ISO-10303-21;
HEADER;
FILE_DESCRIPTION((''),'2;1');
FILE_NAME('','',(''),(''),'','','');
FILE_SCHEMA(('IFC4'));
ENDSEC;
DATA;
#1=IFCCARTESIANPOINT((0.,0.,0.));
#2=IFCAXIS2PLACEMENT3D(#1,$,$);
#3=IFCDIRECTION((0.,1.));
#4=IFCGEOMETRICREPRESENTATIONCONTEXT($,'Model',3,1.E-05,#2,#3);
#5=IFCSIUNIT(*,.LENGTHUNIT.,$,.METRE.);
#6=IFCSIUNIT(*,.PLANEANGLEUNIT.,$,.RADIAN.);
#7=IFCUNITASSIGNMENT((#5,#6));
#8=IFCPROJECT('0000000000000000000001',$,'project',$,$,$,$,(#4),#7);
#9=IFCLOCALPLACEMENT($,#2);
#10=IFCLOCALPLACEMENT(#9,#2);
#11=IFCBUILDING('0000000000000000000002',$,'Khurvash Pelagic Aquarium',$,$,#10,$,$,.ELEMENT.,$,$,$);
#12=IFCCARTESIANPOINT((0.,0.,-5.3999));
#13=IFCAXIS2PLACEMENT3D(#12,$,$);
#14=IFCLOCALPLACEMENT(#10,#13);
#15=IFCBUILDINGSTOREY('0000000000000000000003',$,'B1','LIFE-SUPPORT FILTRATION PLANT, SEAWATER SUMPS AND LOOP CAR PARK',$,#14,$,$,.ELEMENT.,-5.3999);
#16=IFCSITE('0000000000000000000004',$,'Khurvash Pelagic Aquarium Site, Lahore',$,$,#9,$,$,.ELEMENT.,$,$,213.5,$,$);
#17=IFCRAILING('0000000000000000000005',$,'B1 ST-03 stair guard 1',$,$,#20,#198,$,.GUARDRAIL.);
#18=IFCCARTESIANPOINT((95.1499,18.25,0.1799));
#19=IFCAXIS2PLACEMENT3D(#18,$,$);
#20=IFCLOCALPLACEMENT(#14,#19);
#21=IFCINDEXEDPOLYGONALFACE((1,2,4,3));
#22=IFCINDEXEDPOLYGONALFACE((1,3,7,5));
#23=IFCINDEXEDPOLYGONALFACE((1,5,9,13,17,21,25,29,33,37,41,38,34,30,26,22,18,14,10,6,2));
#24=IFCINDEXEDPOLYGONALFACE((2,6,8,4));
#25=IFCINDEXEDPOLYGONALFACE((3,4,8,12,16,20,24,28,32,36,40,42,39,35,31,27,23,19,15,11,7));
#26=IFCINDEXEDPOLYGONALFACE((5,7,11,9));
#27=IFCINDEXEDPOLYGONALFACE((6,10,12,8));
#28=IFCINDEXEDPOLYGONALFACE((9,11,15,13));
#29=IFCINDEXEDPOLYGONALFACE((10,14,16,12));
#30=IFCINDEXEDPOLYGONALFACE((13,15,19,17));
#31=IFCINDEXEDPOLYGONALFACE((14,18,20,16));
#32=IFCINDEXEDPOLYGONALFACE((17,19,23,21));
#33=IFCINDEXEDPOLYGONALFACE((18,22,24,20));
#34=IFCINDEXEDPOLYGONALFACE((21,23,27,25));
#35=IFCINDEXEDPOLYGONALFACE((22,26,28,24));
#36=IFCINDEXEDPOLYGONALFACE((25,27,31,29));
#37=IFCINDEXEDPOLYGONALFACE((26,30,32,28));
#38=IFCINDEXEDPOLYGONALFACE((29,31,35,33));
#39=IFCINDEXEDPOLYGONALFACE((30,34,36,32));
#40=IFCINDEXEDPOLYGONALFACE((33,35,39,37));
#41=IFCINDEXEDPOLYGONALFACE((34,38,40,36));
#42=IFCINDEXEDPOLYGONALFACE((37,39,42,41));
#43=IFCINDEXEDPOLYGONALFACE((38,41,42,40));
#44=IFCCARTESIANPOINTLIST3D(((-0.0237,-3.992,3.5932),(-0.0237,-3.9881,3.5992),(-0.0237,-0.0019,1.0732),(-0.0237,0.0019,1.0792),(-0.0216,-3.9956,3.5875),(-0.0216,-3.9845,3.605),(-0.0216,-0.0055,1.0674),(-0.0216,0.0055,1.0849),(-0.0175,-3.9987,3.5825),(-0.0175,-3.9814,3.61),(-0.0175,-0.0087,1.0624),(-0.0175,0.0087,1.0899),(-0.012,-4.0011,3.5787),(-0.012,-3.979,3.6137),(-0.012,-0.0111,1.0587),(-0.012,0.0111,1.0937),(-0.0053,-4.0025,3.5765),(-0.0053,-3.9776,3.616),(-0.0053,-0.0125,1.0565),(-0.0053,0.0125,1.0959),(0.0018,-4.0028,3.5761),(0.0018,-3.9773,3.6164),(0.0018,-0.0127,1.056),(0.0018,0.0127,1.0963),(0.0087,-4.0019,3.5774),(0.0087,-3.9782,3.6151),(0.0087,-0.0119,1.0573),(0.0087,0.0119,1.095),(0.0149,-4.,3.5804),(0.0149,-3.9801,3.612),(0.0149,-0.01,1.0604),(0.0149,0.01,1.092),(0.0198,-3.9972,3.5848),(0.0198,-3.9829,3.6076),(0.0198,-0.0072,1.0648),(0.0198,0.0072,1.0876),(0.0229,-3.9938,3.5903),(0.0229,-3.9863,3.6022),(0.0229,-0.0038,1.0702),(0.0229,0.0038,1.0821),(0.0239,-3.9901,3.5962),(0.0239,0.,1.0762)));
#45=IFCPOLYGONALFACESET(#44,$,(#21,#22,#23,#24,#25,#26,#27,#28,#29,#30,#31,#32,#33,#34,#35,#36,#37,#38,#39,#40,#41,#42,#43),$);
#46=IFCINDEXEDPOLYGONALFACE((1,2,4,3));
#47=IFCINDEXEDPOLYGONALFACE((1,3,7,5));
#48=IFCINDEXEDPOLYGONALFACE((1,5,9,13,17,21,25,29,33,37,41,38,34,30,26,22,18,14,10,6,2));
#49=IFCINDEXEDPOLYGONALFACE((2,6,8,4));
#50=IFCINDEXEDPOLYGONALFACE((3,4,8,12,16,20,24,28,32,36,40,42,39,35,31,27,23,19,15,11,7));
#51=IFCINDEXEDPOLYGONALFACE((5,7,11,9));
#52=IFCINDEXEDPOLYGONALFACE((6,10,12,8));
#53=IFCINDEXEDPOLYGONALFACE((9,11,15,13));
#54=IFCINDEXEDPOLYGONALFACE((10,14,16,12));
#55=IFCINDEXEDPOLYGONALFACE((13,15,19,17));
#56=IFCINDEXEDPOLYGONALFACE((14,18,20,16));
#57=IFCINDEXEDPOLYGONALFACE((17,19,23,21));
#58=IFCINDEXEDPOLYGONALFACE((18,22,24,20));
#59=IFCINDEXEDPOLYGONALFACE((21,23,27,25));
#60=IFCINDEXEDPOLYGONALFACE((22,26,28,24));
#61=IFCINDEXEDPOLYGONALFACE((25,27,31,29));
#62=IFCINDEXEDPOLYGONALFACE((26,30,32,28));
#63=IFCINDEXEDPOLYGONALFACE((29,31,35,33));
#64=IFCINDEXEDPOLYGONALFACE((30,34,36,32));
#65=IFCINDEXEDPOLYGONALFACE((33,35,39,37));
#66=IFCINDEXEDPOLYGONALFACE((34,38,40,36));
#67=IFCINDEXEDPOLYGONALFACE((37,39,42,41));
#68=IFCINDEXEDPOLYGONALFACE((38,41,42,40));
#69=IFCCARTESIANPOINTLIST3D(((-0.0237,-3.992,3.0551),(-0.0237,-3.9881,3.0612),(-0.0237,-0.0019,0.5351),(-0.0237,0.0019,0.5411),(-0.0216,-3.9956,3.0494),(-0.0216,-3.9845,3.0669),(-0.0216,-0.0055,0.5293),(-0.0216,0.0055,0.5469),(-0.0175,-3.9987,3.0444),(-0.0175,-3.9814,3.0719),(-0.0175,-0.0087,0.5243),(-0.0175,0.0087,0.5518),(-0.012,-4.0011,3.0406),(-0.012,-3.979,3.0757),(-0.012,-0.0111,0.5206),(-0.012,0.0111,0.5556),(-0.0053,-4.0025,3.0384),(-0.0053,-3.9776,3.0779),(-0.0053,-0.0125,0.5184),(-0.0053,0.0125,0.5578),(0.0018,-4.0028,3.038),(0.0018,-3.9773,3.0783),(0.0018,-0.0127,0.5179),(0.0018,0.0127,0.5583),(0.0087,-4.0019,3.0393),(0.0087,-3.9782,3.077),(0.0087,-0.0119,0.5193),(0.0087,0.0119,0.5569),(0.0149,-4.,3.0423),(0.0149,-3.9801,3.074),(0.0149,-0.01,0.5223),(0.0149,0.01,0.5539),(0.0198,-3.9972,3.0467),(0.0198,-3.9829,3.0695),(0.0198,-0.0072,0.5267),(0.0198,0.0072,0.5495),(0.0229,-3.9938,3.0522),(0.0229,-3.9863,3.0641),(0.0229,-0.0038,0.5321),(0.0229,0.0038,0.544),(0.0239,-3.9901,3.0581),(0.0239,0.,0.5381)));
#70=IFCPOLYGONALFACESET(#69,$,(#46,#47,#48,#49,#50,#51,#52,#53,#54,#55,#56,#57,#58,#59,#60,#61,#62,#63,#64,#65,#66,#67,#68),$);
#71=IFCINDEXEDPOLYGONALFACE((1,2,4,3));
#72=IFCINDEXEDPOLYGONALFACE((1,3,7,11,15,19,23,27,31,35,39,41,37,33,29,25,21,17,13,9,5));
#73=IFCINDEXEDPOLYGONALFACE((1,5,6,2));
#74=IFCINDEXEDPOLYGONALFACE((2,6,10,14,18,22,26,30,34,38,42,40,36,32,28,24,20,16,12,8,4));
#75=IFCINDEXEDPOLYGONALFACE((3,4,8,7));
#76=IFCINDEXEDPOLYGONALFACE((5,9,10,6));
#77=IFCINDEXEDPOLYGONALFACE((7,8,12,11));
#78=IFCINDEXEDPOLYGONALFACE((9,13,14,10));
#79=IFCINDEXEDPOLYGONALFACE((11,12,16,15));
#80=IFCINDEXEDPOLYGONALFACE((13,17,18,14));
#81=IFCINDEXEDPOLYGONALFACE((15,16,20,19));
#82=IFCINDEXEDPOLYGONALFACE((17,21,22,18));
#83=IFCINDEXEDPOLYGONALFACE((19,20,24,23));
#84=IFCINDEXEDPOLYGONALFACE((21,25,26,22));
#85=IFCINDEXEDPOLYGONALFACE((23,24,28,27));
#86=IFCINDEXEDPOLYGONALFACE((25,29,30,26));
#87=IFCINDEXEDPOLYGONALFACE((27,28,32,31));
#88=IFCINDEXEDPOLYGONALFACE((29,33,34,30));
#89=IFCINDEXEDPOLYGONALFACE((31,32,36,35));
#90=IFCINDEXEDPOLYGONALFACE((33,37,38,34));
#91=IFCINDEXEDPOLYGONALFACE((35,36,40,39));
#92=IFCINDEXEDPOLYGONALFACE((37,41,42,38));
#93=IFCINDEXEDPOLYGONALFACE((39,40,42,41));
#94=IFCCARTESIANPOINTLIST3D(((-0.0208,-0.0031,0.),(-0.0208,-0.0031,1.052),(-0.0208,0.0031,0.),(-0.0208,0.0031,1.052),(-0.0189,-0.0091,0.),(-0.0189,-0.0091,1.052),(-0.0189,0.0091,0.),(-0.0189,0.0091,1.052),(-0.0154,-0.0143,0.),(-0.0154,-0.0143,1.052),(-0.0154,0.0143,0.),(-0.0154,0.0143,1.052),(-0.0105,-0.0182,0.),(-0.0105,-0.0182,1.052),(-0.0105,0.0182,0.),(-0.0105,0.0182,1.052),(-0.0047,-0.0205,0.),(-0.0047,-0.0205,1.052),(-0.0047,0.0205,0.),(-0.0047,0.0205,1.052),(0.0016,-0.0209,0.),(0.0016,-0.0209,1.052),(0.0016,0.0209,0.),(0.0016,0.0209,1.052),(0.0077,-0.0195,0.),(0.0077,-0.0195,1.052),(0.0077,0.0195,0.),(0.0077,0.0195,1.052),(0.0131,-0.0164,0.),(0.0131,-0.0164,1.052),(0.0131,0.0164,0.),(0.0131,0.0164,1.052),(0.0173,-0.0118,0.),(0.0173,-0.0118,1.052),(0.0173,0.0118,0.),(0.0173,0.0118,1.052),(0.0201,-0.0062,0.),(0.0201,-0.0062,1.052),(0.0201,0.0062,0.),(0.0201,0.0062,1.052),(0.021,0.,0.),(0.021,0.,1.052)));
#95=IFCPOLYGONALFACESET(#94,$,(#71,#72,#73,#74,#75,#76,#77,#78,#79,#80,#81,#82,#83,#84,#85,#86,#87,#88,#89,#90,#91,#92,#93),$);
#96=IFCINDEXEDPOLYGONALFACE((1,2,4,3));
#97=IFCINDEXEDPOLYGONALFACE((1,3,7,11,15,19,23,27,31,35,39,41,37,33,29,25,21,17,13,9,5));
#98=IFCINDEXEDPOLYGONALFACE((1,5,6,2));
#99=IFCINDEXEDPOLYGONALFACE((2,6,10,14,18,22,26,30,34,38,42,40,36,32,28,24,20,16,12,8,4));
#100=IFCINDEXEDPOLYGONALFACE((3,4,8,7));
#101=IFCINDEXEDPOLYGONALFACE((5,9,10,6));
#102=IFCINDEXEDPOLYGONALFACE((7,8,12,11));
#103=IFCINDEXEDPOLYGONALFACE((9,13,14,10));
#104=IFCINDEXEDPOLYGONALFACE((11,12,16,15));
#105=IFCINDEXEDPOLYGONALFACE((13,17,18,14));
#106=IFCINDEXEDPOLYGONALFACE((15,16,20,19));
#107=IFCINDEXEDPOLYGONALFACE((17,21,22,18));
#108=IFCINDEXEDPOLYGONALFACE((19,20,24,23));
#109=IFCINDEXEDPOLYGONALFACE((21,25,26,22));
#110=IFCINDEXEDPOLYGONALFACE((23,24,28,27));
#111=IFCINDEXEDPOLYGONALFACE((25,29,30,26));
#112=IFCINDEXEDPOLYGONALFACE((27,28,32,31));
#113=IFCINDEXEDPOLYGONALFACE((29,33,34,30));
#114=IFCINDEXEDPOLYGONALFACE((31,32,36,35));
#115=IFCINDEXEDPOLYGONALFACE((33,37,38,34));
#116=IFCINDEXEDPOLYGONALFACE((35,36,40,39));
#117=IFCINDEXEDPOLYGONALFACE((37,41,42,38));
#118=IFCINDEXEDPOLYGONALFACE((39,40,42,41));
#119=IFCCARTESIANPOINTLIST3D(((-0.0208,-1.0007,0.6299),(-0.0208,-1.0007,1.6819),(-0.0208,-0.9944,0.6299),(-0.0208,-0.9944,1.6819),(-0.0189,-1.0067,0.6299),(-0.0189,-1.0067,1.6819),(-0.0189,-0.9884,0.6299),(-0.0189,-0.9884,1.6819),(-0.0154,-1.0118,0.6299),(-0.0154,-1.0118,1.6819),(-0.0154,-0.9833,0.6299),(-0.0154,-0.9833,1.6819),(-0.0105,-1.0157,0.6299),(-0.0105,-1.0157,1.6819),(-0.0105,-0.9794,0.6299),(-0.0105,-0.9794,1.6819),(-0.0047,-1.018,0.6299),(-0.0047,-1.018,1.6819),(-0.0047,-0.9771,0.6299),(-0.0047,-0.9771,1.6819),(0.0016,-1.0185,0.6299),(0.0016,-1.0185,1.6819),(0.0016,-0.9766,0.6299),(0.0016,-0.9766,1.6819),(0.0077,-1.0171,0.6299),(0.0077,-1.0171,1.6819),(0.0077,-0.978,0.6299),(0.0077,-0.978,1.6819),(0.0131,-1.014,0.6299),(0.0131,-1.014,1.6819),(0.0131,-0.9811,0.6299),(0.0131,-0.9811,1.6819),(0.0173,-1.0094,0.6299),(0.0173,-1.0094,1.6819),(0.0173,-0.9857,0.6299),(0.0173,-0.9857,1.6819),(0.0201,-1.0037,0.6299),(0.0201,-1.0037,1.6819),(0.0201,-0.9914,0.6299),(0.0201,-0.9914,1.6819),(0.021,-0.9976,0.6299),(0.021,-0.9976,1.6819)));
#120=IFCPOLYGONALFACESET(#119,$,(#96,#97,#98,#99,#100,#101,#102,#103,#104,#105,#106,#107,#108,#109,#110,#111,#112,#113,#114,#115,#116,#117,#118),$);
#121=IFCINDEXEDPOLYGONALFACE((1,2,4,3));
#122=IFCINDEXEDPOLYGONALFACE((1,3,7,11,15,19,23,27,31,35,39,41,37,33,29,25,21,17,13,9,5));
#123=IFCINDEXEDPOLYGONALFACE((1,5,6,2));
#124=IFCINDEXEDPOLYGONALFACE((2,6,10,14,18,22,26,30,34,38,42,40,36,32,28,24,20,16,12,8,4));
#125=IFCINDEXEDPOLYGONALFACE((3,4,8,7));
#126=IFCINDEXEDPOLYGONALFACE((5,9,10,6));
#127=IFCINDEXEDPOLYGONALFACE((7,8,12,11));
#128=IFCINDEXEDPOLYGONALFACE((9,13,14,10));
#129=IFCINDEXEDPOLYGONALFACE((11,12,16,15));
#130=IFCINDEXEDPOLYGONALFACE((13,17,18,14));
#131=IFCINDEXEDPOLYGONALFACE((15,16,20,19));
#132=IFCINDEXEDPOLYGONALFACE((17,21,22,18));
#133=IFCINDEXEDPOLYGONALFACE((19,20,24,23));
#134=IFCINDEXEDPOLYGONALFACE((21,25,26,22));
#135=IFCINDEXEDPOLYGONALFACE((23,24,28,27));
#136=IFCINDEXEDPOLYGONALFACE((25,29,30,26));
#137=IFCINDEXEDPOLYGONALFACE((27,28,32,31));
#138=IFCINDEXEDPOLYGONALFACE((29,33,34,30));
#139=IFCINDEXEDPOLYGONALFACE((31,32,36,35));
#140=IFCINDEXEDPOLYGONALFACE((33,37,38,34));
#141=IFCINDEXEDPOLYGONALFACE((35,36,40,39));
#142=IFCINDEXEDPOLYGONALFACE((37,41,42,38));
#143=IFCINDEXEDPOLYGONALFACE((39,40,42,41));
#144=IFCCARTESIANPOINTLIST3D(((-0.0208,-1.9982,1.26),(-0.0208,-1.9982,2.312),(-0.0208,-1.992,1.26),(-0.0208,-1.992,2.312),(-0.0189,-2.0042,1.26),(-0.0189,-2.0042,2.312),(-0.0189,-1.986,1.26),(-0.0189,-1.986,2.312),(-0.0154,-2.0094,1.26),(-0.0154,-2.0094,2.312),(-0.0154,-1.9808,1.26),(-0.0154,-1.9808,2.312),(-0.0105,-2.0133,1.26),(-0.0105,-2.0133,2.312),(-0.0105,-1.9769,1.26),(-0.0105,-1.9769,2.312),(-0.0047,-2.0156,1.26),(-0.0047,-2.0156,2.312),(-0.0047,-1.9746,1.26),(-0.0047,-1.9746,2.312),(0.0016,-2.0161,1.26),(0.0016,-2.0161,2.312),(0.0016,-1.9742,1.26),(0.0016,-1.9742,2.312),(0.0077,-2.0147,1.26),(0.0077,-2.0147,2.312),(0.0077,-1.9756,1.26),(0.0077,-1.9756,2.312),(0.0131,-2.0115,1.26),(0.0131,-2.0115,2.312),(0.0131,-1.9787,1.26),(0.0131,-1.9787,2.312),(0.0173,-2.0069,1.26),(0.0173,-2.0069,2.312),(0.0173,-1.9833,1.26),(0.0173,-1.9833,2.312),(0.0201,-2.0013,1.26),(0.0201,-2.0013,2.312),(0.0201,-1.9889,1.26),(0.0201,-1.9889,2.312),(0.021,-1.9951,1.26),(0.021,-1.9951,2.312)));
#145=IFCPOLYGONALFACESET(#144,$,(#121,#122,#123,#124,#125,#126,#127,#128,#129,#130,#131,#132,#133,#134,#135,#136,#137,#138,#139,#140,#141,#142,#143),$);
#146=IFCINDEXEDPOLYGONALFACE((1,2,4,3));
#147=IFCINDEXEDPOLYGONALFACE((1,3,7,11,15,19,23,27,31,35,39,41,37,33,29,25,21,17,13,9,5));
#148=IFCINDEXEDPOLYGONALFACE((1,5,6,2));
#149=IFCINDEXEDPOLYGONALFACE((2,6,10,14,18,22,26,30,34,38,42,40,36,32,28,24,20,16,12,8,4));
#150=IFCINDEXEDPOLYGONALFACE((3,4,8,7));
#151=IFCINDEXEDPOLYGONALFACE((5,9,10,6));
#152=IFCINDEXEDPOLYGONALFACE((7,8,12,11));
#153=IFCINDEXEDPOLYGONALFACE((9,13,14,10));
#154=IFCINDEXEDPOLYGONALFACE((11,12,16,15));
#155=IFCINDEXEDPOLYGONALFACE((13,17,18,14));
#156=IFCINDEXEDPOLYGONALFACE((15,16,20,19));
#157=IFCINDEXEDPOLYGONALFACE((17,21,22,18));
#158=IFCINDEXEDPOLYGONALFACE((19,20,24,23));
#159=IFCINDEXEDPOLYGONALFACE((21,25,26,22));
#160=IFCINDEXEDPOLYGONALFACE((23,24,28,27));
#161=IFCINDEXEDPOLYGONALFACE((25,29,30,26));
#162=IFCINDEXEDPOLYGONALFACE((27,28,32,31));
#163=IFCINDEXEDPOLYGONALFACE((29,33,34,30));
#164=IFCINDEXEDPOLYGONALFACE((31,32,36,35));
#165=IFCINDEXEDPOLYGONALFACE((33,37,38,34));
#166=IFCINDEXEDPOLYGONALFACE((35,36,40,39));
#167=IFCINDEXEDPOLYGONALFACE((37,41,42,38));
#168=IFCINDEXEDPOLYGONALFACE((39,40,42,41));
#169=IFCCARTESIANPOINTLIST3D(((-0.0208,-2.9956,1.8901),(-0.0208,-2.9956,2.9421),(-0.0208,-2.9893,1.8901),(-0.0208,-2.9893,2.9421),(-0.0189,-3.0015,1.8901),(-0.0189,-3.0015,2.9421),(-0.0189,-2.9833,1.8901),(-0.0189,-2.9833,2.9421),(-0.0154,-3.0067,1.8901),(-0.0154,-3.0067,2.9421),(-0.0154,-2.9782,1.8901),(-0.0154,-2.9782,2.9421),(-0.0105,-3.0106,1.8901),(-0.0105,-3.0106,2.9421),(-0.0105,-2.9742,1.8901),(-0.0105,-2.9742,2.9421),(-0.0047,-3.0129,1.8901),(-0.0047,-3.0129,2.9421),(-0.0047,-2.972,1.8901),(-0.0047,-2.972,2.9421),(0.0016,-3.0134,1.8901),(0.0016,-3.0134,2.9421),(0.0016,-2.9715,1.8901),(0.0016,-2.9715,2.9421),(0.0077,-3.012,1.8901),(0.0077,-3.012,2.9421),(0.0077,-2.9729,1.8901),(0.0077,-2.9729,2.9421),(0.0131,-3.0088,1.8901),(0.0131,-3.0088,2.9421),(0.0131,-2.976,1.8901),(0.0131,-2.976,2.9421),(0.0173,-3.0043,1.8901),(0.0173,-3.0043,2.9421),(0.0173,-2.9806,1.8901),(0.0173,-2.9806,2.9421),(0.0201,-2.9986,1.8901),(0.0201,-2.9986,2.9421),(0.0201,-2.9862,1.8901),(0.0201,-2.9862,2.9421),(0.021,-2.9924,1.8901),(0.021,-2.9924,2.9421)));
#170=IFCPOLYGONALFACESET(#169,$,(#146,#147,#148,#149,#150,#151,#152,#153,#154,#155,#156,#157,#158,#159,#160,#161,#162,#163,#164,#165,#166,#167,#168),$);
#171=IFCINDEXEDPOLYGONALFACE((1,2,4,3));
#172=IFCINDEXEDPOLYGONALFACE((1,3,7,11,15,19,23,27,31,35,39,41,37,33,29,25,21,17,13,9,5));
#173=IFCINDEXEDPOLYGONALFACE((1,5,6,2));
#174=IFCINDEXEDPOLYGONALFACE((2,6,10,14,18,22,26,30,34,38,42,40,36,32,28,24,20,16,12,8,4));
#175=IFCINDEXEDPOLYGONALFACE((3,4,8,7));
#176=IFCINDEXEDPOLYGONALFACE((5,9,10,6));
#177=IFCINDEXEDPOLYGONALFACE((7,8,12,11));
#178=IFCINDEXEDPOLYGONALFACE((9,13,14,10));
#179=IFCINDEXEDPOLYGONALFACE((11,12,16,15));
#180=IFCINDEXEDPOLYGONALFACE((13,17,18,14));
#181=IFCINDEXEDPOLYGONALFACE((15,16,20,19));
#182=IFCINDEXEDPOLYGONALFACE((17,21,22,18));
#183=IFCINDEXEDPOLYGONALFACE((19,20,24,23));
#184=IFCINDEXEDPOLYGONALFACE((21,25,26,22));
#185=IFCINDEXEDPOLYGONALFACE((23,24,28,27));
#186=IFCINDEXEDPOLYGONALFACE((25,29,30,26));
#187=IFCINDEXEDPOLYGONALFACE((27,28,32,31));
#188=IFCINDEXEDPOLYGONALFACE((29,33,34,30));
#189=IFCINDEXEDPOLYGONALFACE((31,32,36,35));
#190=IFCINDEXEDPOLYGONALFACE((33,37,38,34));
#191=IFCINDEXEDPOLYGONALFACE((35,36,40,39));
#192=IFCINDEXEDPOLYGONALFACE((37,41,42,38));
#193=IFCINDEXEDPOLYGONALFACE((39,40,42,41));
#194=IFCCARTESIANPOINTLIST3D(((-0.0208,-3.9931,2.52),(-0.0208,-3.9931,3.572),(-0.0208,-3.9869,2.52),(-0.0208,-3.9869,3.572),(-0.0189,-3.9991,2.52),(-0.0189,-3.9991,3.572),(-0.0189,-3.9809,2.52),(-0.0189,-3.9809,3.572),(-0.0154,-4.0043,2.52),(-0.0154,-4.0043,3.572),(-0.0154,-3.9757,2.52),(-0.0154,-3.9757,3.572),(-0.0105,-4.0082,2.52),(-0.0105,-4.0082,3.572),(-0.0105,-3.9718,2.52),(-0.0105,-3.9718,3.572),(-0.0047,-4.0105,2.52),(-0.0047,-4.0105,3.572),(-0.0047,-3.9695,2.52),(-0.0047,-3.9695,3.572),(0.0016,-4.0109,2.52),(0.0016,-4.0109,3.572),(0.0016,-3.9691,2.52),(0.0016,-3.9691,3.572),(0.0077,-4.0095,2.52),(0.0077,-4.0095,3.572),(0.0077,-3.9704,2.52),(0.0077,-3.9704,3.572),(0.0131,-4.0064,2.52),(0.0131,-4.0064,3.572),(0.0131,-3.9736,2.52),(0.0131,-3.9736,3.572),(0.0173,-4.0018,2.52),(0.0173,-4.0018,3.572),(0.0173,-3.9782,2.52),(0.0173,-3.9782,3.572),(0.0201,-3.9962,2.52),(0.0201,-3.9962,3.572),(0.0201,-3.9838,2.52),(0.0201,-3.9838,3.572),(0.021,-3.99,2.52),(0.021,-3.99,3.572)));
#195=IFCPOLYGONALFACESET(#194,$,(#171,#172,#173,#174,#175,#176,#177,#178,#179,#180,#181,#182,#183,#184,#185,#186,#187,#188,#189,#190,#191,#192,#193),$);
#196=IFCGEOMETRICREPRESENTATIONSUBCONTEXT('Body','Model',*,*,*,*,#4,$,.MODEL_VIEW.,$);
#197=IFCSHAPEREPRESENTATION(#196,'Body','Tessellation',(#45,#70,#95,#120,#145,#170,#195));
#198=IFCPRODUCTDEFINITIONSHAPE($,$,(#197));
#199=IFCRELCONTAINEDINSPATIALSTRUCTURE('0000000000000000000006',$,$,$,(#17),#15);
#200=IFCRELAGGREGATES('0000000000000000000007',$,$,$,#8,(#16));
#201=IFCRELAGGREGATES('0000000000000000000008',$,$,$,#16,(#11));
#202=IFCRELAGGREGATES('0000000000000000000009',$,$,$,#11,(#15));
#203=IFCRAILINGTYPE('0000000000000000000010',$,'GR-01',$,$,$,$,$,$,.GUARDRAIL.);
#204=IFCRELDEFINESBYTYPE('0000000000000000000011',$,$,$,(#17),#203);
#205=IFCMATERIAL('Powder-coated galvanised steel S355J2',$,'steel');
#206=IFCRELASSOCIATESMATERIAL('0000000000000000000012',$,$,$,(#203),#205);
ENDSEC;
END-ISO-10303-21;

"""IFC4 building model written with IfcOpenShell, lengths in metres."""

from ifc_helpers import new_model, si_unit, direction, frame, origin, origin_2d, place, context, subcontext, project, spatial, circle, extrude, material, type_object, element, save


model = new_model("IFC4")

# Units and contexts
model_context = context("Model", 3, precision=1e-05, world=origin(), true_north=direction((0.0, 1.0)))
body_context = subcontext(model_context, "Body", "Model", "MODEL_VIEW")
ifc_project = project(units=[si_unit("LENGTHUNIT", "METRE"), si_unit("PLANEANGLEUNIT", "RADIAN")], contexts=[model_context])

# Site, building, storey
site_placement = place(None, origin())
site = spatial("IfcSite", under=ifc_project, at=site_placement, Name="Khurvash Pelagic Aquarium Site, Lahore", CompositionType="ELEMENT", RefElevation=213.5)
building_placement = place(site_placement, origin())
building = spatial("IfcBuilding", under=site, at=building_placement, Name="Khurvash Pelagic Aquarium", CompositionType="ELEMENT")
storey_placement = place(building_placement, frame((0.0, 0.0, -5.3999)))
storey = spatial("IfcBuildingStorey", under=building, at=storey_placement, Name="B1", Description="LIFE-SUPPORT FILTRATION PLANT, SEAWATER SUMPS AND LOOP CAR PARK", CompositionType="ELEMENT", Elevation=-5.3999)

# Railing
ifc_material_1 = material(Name="Powder-coated galvanised steel S355J2", Category="steel")
railing_type_1 = type_object("IfcRailingType", Name="GR-01", PredefinedType="GUARDRAIL", material=ifc_material_1)
railing_1_placement = place(storey_placement, frame((95.1499, 18.25, 0.1799)))
element("IfcRailing", 1, at=railing_1_placement, inside=storey, type_object=railing_type_1, Name="B1 ST-03 stair guard 1", PredefinedType="GUARDRAIL", context=body_context, shape_type="SweptSolid", body=[
    extrude(circle(Radius=0.0239, at=origin_2d()), frame((0.0, 0.0, 1.0762), z_axis=(0.0, -0.845486, 0.533997), x_axis=(1.0, 0.0, 0.0)), (0.0, 0.0, 1.0), 4.7192),
    extrude(circle(Radius=0.0239, at=origin_2d()), frame((0.0, 0.0, 0.5381), z_axis=(0.0, -0.845486, 0.533997), x_axis=(1.0, 0.0, 0.0)), (0.0, 0.0, 1.0), 4.7192),
    extrude(circle(Radius=0.021, at=origin_2d()), origin(), (0.0, 0.0, 1.0), 1.052),
    extrude(circle(Radius=0.021, at=origin_2d()), frame((0.0, -0.9976, 0.6299)), (0.0, 0.0, 1.0), 1.052),
    extrude(circle(Radius=0.021, at=origin_2d()), frame((0.0, -1.9951, 1.26)), (0.0, 0.0, 1.0), 1.052),
    extrude(circle(Radius=0.021, at=origin_2d()), frame((0.0, -2.9924, 1.8901)), (0.0, 0.0, 1.0), 1.052),
    extrude(circle(Radius=0.021, at=origin_2d()), frame((0.0, -3.99, 2.52)), (0.0, 0.0, 1.0), 1.052),
])

save(model, "model.ifc")
